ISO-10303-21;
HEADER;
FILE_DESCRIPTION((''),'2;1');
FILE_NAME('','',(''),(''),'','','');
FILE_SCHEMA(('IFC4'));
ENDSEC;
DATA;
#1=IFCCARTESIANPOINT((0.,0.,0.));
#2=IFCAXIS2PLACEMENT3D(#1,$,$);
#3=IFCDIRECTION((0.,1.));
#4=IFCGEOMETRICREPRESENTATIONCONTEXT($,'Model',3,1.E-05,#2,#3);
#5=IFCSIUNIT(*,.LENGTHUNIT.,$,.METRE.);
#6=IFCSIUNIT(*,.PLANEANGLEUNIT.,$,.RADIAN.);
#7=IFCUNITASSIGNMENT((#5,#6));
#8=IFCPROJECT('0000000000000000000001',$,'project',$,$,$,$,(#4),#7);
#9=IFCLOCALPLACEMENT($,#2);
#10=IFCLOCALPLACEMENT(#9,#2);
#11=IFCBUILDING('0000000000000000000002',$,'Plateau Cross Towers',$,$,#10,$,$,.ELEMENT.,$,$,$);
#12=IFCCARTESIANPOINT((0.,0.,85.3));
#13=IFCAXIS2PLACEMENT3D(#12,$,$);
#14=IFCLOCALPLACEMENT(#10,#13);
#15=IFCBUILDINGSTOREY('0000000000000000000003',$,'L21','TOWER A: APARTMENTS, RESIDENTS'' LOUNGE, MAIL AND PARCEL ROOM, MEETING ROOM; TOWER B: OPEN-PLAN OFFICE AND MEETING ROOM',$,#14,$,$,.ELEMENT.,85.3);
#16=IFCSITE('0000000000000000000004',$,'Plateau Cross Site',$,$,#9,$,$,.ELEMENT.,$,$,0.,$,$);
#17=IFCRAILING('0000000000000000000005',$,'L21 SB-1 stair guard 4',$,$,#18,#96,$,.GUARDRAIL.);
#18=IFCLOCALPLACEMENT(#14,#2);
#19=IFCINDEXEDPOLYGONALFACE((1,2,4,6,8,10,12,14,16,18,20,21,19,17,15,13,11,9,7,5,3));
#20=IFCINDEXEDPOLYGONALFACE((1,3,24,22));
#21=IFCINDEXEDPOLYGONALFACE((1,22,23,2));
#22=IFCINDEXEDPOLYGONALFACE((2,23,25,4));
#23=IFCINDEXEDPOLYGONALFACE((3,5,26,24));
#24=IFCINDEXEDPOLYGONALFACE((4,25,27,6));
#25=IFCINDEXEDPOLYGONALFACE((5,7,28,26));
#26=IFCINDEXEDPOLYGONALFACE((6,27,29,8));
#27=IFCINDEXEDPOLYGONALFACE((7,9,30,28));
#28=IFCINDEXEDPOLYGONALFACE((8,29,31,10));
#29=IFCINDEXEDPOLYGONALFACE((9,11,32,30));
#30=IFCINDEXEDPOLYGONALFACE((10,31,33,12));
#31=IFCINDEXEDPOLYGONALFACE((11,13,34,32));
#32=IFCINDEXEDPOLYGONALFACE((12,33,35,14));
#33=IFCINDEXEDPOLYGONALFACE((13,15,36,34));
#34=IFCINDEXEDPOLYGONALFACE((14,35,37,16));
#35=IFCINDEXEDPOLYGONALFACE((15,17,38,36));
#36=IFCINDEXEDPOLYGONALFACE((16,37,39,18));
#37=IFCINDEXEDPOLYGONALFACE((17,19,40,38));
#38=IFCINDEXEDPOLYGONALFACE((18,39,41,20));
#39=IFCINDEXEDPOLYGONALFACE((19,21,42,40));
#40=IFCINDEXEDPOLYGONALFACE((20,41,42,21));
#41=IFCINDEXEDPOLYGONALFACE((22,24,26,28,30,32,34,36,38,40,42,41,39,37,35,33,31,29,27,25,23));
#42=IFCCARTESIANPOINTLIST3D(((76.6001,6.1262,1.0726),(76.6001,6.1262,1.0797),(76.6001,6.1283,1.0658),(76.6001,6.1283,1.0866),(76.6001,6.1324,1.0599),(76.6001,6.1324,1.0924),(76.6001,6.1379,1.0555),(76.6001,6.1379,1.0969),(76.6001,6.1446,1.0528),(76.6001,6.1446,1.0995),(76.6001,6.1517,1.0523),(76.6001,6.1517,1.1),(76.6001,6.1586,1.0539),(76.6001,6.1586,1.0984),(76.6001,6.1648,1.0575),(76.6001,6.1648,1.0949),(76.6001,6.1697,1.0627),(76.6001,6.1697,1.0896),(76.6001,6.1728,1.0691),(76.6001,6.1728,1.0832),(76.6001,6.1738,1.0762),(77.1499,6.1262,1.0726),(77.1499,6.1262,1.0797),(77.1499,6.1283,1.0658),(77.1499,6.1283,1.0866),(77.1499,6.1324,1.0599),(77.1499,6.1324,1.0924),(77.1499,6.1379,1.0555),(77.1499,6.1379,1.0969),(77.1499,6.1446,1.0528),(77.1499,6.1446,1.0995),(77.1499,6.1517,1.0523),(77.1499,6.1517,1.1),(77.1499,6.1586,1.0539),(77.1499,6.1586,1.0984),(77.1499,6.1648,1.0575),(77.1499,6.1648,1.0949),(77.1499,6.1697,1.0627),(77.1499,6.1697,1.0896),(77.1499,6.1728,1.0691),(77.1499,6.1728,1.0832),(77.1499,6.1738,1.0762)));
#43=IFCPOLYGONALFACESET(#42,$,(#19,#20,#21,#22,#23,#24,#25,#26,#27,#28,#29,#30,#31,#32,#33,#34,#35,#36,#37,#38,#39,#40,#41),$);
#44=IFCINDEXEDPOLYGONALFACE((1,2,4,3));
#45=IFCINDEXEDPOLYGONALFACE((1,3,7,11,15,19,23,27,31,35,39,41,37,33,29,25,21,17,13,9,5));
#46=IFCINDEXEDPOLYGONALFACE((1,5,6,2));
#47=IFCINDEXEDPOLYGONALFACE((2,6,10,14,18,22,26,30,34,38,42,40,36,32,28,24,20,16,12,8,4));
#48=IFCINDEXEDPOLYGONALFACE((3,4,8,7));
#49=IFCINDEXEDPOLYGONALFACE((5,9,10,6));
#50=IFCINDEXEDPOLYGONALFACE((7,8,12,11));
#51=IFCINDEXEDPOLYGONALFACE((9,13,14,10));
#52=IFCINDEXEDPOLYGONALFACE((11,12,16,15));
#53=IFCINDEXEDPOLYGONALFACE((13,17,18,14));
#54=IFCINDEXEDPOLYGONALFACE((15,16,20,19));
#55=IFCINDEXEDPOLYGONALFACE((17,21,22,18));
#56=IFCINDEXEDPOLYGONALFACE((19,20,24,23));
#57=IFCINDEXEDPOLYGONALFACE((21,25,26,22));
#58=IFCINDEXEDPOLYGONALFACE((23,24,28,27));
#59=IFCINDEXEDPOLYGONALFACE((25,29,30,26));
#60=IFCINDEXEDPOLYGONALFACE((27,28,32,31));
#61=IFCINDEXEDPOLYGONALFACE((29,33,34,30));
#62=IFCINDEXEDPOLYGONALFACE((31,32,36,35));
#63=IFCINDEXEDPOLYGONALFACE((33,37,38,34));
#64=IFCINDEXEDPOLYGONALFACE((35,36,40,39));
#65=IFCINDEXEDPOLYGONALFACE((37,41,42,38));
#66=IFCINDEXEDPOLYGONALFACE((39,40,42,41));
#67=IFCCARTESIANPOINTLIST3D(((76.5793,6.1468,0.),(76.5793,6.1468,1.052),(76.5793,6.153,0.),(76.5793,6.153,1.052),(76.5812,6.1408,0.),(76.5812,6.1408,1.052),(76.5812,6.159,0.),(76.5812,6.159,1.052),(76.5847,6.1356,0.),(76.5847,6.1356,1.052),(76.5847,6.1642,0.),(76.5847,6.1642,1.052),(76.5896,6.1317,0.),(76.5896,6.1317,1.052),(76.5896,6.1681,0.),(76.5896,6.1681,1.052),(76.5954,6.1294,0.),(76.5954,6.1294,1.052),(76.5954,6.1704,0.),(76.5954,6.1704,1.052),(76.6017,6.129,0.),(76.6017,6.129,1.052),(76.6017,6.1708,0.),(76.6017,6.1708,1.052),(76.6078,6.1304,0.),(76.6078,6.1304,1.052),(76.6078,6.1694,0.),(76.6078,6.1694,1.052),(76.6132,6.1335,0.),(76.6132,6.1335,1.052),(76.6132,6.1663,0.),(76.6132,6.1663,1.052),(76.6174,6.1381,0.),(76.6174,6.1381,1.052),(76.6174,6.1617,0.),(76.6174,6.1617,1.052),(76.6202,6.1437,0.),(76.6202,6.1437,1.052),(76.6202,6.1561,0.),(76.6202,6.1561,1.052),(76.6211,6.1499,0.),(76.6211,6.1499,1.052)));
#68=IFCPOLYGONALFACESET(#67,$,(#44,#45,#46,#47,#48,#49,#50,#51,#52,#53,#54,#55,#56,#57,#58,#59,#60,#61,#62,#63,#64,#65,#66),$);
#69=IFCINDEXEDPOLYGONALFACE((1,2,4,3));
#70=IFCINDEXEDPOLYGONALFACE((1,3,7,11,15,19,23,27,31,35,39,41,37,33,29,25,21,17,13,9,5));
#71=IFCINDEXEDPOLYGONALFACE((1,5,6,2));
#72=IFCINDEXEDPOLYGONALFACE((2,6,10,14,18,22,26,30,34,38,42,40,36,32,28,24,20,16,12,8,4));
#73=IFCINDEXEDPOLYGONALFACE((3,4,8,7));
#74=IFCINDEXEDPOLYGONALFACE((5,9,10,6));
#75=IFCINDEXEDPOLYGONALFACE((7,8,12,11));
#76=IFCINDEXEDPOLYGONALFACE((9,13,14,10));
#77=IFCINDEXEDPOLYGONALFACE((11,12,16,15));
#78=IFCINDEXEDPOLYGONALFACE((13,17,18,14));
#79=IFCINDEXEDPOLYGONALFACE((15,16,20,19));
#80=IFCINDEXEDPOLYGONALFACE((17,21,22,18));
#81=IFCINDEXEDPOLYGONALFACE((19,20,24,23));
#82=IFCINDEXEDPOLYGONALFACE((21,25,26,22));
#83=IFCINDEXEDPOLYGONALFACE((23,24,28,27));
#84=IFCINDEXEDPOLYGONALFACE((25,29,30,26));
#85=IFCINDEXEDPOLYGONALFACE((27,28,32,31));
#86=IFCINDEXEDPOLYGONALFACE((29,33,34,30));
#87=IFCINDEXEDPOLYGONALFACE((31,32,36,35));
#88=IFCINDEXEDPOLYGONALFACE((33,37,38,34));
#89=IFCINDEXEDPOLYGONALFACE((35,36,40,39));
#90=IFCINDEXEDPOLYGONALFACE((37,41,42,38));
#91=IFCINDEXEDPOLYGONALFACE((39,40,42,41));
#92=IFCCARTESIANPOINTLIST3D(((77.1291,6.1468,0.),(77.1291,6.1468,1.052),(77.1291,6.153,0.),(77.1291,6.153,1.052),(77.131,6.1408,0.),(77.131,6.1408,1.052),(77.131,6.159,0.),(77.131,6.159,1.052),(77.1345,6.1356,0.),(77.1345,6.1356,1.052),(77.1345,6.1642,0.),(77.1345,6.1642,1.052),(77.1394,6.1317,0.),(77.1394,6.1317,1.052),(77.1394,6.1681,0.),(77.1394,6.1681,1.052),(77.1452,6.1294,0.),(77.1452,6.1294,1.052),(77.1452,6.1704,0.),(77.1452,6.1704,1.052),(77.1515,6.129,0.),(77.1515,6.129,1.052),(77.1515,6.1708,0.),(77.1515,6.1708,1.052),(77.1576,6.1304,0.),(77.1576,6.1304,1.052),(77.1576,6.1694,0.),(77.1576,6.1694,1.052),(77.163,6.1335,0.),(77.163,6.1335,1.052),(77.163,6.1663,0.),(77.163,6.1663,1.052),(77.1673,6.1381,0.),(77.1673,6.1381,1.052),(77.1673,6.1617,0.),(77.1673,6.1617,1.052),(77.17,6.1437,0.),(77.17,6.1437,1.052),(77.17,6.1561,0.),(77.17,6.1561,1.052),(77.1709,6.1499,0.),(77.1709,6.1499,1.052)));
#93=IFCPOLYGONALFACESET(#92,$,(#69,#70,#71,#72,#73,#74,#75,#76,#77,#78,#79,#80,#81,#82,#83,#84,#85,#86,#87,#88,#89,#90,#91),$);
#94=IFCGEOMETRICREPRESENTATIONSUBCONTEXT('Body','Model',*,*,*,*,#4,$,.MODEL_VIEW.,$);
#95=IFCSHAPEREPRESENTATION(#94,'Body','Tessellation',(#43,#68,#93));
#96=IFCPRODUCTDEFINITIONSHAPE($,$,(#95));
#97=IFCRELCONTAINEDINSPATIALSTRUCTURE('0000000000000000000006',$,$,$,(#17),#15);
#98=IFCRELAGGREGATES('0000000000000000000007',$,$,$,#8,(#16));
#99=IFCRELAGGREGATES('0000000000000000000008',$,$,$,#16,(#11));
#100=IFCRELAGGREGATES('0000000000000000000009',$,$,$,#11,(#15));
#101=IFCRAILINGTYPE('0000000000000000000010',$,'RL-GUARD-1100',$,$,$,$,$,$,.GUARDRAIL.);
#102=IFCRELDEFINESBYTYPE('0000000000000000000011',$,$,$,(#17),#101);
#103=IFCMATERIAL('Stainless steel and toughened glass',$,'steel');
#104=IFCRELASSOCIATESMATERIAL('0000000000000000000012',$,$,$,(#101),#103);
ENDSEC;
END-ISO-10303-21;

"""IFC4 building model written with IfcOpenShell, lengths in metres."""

from ifc_helpers import new_model, si_unit, direction, frame, origin, origin_2d, place, context, subcontext, project, spatial, circle, extrude, material, type_object, element, save


model = new_model("IFC4")

# Units and contexts
model_context = context("Model", 3, precision=1e-05, world=origin(), true_north=direction((0.0, 1.0)))
body_context = subcontext(model_context, "Body", "Model", "MODEL_VIEW")
ifc_project = project(units=[si_unit("LENGTHUNIT", "METRE"), si_unit("PLANEANGLEUNIT", "RADIAN")], contexts=[model_context])

# Site, building, storey
site_placement = place(None, origin())
site = spatial("IfcSite", under=ifc_project, at=site_placement, Name="Plateau Cross Site", CompositionType="ELEMENT", RefElevation=0.0)
building_placement = place(site_placement, origin())
building = spatial("IfcBuilding", under=site, at=building_placement, Name="Plateau Cross Towers", CompositionType="ELEMENT")
storey_placement = place(building_placement, frame((0.0, 0.0, 85.3)))
storey = spatial("IfcBuildingStorey", under=building, at=storey_placement, Name="L21", Description="TOWER A: APARTMENTS, RESIDENTS' LOUNGE, MAIL AND PARCEL ROOM, MEETING ROOM; TOWER B: OPEN-PLAN OFFICE AND MEETING ROOM", CompositionType="ELEMENT", Elevation=85.3)

# Railing
ifc_material_1 = material(Name="Stainless steel and toughened glass", Category="steel")
railing_type = type_object("IfcRailingType", Name="RL-GUARD-1100", PredefinedType="GUARDRAIL", material=ifc_material_1)
railing_1_placement = place(storey_placement, frame((76.6001, 6.1499, 0.0)))
element("IfcRailing", 1, at=railing_1_placement, inside=storey, type_object=railing_type, Name="L21 SB-1 stair guard 4", PredefinedType="GUARDRAIL", context=body_context, shape_type="SweptSolid", body=[
    extrude(circle(Radius=0.0239, at=origin_2d()), frame((0.0, 0.0, 1.0762), z_axis=(1.0, 0.0, 0.0), x_axis=(0.0, 1.0, 0.0)), (0.0, 0.0, 1.0), 0.5498),
    extrude(circle(Radius=0.021, at=origin_2d()), origin(), (0.0, 0.0, 1.0), 1.052),
    extrude(circle(Radius=0.021, at=origin_2d()), frame((0.5498, 0.0, 0.0)), (0.0, 0.0, 1.0), 1.052),
])

save(model, "model.ifc")
